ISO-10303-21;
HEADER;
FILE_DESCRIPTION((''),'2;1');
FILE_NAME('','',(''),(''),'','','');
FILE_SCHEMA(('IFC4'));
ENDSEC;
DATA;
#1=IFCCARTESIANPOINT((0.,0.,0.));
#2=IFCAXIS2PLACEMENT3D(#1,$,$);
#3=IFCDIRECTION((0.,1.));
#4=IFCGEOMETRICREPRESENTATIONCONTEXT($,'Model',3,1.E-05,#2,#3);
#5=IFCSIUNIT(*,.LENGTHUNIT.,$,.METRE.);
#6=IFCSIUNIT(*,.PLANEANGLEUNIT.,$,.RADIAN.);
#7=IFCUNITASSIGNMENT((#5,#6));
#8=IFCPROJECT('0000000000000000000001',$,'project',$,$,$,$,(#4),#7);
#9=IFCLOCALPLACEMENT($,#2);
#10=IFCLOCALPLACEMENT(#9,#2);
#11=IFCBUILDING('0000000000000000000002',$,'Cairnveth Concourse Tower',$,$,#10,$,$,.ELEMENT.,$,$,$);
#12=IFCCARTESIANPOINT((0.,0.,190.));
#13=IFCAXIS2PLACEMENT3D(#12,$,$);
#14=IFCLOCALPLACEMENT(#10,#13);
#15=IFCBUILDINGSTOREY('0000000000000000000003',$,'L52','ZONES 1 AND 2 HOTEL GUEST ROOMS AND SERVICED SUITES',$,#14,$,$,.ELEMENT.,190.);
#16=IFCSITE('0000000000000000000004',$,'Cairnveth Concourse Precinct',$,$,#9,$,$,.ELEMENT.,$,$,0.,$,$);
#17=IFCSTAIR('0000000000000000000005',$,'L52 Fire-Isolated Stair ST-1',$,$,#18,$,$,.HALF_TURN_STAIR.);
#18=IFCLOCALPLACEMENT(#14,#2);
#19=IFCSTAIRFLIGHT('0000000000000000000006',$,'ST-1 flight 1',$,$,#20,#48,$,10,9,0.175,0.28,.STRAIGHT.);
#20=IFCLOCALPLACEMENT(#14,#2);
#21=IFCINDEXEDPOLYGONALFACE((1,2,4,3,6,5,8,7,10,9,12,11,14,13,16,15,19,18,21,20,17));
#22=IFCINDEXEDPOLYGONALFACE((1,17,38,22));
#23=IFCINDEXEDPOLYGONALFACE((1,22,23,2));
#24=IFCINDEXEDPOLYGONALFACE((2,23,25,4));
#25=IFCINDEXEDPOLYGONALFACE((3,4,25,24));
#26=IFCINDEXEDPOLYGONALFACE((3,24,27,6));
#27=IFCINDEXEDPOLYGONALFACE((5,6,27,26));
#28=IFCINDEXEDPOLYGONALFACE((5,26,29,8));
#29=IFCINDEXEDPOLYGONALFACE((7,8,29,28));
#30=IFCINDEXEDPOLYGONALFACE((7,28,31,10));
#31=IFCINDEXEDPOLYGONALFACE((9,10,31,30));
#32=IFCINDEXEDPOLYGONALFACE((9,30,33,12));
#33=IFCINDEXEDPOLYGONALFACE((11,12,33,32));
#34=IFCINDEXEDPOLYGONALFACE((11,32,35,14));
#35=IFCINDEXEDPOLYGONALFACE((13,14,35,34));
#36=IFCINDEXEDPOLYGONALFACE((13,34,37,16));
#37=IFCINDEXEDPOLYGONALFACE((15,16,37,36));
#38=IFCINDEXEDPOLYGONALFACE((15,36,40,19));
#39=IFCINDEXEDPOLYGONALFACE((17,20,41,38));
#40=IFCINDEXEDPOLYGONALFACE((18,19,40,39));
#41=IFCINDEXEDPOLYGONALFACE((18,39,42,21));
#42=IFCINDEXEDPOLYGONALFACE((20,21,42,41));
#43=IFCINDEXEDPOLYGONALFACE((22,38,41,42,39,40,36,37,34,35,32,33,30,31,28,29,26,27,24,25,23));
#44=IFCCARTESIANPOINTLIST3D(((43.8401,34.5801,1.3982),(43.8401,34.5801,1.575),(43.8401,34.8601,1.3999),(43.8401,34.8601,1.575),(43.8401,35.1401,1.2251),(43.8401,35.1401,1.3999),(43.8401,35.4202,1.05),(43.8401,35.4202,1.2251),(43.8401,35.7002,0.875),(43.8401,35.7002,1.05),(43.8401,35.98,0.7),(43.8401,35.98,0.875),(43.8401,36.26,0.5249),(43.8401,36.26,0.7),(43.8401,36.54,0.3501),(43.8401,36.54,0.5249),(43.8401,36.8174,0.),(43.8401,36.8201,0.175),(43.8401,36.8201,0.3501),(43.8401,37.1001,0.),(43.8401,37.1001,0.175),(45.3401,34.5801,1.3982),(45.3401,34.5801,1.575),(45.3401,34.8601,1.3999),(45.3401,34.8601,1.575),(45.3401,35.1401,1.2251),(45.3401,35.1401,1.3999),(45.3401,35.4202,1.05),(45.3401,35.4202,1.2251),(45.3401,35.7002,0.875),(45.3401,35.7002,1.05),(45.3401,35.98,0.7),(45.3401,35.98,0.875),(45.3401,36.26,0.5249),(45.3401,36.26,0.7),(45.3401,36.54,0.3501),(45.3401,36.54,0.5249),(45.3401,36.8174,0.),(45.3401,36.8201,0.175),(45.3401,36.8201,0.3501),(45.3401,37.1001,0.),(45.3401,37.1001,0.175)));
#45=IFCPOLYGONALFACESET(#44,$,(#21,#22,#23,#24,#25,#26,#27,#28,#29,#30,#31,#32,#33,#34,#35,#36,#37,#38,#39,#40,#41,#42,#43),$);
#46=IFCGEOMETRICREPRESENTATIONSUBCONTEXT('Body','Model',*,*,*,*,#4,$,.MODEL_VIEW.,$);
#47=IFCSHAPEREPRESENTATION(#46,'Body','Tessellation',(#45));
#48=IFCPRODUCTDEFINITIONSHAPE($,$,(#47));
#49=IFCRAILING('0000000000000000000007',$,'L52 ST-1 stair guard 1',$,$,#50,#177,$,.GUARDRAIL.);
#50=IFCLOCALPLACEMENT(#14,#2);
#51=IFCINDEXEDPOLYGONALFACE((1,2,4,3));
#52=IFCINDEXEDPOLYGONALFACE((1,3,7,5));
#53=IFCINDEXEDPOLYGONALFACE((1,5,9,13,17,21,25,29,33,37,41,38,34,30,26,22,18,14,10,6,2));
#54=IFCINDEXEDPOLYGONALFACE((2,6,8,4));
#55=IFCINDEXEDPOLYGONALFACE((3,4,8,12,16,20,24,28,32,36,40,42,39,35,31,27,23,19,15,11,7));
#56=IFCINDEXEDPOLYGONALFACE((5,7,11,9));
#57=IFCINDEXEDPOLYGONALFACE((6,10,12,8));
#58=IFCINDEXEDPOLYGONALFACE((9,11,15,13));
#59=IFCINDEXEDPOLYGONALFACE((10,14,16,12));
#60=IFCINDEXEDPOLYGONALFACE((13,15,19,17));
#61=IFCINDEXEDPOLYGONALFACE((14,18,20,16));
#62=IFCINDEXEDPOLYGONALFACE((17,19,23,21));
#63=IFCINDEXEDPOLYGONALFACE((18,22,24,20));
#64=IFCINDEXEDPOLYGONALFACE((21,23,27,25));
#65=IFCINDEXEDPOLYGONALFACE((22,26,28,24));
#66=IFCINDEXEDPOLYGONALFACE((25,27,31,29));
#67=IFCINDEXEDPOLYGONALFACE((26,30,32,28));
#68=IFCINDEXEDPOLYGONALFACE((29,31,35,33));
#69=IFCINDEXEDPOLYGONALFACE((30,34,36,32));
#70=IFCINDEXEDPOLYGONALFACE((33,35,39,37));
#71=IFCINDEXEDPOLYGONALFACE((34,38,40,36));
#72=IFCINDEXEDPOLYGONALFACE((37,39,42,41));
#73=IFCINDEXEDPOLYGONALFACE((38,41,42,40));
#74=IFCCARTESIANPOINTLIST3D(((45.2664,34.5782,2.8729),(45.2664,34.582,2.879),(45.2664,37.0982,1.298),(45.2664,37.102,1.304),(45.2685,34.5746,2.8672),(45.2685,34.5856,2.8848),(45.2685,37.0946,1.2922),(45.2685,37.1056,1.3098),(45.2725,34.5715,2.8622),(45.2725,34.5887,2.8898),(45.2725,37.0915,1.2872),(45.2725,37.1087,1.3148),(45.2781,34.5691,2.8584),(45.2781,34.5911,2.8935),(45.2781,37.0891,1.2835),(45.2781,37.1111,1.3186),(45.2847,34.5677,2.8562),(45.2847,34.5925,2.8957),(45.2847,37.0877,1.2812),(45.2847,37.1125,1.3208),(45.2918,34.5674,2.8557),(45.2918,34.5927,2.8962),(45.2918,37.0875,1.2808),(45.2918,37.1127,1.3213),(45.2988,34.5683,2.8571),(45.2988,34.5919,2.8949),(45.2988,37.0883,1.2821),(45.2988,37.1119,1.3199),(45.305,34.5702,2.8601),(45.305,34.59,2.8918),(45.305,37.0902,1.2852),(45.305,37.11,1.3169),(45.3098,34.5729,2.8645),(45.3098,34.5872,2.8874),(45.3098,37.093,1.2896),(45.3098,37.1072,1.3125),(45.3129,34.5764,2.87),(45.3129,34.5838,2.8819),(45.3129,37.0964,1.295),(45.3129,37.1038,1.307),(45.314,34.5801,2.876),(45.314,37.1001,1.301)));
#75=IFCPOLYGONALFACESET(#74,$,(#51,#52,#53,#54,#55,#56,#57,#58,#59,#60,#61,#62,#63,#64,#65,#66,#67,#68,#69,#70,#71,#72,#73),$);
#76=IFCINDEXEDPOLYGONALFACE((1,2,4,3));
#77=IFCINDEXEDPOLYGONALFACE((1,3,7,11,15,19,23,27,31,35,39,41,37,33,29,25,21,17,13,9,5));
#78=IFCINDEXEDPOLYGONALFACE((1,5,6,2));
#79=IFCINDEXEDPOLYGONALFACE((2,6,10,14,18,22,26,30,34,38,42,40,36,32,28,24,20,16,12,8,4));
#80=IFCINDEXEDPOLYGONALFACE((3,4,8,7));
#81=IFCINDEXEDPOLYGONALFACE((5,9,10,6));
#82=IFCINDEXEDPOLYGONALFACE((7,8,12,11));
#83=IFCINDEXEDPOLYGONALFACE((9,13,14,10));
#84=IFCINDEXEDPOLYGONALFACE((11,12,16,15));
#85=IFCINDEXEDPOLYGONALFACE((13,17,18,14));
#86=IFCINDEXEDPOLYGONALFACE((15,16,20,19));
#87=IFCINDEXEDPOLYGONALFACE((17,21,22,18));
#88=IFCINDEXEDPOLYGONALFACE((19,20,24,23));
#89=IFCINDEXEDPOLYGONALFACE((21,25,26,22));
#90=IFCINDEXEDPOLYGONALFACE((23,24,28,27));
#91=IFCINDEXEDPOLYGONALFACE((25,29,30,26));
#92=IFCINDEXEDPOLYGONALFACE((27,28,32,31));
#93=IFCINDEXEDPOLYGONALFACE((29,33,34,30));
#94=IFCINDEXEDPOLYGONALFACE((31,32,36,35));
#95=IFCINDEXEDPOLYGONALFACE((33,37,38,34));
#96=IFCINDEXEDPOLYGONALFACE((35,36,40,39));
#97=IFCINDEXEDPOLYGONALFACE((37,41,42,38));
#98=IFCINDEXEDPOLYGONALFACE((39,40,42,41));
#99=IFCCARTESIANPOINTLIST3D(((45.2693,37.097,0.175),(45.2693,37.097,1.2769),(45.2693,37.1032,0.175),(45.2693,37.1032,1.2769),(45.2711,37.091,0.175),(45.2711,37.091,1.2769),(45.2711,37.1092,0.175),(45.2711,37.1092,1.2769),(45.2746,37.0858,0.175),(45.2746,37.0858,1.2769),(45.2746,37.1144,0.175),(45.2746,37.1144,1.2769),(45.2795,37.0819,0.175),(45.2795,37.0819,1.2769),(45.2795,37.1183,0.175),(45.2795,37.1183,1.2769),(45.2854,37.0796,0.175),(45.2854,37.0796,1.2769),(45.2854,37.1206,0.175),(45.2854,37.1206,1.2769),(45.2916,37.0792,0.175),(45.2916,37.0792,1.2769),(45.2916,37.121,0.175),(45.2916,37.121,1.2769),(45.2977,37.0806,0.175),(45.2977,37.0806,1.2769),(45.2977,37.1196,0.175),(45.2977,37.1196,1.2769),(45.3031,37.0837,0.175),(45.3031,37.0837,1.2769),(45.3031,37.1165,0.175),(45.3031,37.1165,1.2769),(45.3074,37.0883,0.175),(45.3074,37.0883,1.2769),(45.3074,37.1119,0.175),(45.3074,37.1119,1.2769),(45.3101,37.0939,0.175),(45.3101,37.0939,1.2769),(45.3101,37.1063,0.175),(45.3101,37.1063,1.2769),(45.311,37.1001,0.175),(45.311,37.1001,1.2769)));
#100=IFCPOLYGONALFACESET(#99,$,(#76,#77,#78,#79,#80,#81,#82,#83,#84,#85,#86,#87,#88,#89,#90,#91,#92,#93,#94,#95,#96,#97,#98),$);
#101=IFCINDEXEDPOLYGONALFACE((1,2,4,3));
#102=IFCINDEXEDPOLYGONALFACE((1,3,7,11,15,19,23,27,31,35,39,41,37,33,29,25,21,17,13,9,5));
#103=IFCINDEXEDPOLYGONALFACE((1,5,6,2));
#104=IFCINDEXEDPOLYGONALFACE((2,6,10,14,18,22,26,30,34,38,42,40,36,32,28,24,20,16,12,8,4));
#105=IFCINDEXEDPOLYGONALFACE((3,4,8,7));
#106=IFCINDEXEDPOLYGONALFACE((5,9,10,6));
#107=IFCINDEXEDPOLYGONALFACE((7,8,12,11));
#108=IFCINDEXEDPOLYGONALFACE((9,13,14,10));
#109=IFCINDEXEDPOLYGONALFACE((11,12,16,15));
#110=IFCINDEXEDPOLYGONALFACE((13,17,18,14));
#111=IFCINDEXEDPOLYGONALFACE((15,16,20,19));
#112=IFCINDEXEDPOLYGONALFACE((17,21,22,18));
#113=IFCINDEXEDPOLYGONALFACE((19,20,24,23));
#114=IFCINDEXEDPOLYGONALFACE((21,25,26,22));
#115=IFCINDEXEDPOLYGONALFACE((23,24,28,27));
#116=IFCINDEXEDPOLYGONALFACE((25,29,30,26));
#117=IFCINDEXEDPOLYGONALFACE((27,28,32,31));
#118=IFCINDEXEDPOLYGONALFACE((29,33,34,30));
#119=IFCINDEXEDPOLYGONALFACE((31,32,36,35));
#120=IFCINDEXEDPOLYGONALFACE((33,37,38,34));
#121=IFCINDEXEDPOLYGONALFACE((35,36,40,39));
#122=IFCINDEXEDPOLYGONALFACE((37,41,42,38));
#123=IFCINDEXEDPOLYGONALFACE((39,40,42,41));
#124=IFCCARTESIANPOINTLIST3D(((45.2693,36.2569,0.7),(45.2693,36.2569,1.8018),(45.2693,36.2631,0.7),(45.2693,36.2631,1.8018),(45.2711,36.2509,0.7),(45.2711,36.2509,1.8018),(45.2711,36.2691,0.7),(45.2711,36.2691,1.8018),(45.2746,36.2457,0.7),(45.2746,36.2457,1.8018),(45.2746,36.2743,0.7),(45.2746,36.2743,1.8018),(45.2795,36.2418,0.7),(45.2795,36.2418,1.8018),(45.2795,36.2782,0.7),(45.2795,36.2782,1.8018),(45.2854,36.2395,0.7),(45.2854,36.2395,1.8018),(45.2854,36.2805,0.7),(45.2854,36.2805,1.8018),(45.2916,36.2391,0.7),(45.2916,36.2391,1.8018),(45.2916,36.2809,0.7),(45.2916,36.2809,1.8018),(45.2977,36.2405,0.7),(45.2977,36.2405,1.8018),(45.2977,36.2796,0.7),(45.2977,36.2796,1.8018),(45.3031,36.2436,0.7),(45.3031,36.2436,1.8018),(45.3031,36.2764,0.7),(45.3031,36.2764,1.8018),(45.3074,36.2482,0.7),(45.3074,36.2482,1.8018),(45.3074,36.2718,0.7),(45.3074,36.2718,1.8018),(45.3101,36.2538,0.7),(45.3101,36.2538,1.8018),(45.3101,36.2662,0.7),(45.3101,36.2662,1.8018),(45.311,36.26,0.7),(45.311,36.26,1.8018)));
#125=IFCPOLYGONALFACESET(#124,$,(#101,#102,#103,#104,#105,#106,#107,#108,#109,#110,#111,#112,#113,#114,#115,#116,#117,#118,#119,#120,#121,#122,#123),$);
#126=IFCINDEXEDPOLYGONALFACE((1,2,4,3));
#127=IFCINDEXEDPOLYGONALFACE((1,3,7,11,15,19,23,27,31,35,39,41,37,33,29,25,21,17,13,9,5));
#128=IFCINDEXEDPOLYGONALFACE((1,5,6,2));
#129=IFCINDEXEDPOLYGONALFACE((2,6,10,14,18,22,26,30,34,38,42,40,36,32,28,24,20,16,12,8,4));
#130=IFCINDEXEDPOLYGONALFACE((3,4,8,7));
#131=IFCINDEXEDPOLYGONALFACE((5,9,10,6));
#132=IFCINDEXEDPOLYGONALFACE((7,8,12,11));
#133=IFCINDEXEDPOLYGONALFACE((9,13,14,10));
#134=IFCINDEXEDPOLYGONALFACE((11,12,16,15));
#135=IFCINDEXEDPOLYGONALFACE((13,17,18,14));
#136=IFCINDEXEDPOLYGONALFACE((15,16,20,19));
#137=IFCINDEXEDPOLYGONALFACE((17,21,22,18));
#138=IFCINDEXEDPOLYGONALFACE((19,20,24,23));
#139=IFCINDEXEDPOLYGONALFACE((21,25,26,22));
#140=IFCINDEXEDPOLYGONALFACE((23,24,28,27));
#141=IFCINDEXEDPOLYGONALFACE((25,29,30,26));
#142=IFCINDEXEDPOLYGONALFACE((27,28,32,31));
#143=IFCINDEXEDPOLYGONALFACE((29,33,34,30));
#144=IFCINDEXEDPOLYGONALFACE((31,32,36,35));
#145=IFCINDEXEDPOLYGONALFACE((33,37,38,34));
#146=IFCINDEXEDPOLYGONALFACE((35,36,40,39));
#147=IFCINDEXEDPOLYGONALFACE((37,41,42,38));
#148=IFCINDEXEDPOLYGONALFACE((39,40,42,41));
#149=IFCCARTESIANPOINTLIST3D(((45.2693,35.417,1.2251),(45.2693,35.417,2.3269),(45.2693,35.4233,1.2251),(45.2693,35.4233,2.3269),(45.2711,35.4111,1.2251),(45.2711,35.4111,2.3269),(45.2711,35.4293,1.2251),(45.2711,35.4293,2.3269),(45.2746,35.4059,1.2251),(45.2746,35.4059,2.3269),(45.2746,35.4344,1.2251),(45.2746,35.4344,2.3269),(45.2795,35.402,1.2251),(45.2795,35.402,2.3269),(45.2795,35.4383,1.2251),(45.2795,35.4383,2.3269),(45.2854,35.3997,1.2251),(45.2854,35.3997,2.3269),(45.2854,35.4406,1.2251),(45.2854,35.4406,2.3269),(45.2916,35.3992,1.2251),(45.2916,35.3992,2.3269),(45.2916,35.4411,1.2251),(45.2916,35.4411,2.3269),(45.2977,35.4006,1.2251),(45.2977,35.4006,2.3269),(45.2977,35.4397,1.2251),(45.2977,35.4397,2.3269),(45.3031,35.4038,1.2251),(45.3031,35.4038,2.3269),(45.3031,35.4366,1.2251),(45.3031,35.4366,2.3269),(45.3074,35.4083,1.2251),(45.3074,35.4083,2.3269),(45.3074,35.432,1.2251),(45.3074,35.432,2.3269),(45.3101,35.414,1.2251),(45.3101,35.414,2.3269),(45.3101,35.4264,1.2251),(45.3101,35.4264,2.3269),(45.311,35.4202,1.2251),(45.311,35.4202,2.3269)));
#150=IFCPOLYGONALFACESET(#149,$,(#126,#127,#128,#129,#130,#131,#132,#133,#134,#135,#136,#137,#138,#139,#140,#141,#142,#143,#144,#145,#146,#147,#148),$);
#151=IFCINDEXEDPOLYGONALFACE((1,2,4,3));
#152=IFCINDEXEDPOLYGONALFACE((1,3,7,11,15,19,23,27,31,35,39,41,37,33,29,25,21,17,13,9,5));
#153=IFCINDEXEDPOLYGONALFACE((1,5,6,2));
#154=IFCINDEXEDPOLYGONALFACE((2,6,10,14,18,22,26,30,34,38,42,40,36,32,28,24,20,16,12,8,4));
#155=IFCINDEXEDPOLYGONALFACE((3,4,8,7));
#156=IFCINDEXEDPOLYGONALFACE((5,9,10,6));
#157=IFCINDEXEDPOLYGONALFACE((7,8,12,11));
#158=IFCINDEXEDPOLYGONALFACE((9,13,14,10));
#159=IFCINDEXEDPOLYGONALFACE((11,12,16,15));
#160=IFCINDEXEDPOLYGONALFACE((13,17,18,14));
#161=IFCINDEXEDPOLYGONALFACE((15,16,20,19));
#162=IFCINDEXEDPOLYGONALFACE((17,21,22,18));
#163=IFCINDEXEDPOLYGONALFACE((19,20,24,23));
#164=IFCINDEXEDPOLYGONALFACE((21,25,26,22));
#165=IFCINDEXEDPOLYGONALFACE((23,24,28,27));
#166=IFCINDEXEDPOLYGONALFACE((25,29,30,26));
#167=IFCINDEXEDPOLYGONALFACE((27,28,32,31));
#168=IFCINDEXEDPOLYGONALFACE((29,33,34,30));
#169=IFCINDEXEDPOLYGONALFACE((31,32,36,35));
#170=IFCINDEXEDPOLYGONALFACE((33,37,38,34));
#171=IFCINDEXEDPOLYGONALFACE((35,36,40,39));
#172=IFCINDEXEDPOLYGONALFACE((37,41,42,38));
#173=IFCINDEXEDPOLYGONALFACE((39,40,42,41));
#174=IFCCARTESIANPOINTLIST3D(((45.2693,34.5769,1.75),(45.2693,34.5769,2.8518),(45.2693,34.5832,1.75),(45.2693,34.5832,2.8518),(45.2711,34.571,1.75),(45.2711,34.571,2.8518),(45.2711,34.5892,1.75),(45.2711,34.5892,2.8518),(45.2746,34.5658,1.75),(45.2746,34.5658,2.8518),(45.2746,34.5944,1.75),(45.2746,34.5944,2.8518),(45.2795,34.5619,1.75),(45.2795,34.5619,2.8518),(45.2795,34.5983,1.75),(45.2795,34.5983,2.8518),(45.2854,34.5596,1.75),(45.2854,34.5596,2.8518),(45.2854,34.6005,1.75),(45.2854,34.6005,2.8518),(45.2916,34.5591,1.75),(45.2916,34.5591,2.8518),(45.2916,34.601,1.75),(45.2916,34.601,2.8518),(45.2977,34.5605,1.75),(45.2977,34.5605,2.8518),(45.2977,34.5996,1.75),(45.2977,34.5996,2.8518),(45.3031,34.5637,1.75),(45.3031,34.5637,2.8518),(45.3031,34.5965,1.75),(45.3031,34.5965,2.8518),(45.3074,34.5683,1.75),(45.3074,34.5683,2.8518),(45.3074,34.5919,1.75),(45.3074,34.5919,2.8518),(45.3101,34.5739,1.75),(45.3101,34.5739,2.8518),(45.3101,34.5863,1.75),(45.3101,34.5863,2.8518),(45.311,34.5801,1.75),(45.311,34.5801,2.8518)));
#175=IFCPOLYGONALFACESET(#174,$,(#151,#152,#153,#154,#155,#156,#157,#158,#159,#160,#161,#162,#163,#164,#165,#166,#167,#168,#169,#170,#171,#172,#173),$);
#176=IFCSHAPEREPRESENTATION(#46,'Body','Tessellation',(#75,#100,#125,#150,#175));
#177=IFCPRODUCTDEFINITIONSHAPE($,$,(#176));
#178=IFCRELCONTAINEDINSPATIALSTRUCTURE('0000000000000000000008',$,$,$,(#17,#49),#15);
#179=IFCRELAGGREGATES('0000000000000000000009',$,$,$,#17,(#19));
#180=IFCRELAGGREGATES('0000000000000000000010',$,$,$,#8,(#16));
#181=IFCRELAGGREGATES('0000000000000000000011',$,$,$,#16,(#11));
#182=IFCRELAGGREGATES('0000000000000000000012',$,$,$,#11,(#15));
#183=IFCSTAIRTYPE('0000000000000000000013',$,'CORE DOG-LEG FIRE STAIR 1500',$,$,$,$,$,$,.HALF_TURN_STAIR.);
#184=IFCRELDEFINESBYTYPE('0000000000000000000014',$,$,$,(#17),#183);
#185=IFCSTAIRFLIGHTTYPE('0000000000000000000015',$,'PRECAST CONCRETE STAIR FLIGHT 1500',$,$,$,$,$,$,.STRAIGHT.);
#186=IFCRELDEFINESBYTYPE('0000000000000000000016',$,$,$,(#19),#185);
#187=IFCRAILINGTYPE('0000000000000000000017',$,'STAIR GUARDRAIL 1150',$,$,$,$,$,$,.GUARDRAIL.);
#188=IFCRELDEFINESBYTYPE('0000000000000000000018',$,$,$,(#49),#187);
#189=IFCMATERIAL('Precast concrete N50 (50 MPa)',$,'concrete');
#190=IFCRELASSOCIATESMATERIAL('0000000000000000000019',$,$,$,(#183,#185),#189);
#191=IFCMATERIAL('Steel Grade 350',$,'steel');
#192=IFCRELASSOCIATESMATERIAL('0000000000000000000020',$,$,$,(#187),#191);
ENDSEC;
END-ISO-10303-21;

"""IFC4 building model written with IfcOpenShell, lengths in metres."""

from ifc_helpers import new_model, si_unit, direction, frame, origin, origin_2d, place, context, subcontext, project, spatial, polyline, circle, outline, extrude, material, type_object, element, aggregate, save


model = new_model("IFC4")

# Units and contexts
model_context = context("Model", 3, precision=1e-05, world=origin(), true_north=direction((0.0, 1.0)))
body_context = subcontext(model_context, "Body", "Model", "MODEL_VIEW")
ifc_project = project(units=[si_unit("LENGTHUNIT", "METRE"), si_unit("PLANEANGLEUNIT", "RADIAN")], contexts=[model_context])

# Site, building, storey
site_placement = place(None, origin())
site = spatial("IfcSite", under=ifc_project, at=site_placement, Name="Cairnveth Concourse Precinct", CompositionType="ELEMENT", RefElevation=0.0)
building_placement = place(site_placement, origin())
building = spatial("IfcBuilding", under=site, at=building_placement, Name="Cairnveth Concourse Tower", CompositionType="ELEMENT")
storey_placement = place(building_placement, frame((0.0, 0.0, 190.0)))
storey = spatial("IfcBuildingStorey", under=building, at=storey_placement, Name="L52", Description="ZONES 1 AND 2 HOTEL GUEST ROOMS AND SERVICED SUITES", CompositionType="ELEMENT", Elevation=190.0)

# Shared definitions
ifc_material_1 = material(Name="Steel Grade 350", Category="steel")

# Stair, stair flight
ifc_material_2 = material(Name="Precast concrete N50 (50 MPa)", Category="concrete")
stair_type = type_object("IfcStairType", Name="CORE DOG-LEG FIRE STAIR 1500", PredefinedType="HALF_TURN_STAIR", material=ifc_material_2)
stair_placement = place(storey_placement, origin())
stair = element("IfcStair", 1, at=stair_placement, inside=storey, type_object=stair_type, Name="L52 Fire-Isolated Stair ST-1", PredefinedType="HALF_TURN_STAIR")
stair_flight_type = type_object("IfcStairFlightType", Name="PRECAST CONCRETE STAIR FLIGHT 1500", PredefinedType="STRAIGHT", material=ifc_material_2)
stair_flight_placement = place(storey_placement, frame((44.5901, 37.1001, 0.0), z_axis=(0.0, 0.0, 1.0), x_axis=(0.0, -1.0, 0.0)))
stair_flight = element("IfcStairFlight", 2, at=stair_flight_placement, type_object=stair_flight_type, Name="ST-1 flight 1", NumberOfRisers=10, NumberOfTreads=9, PredefinedType="STRAIGHT", RiserHeight=0.175, TreadLength=0.28, context=body_context, shape_type="SweptSolid", body=[
    extrude(outline(polyline([(0.0, 0.0), (0.0, 0.175), (0.28, 0.175), (0.28, 0.3501), (0.5601, 0.3501), (0.5601, 0.5249), (0.8401, 0.5249), (0.8401, 0.7), (1.1201, 0.7), (1.1201, 0.875), (1.3999, 0.875), (1.3999, 1.05), (1.6799, 1.05), (1.6799, 1.2251), (1.96, 1.2251), (1.96, 1.3999), (2.24, 1.3999), (2.24, 1.575), (2.52, 1.575), (2.52, 1.75), (2.52, 1.3982), (0.2827, 0.0), (0.0, 0.0)])), frame((0.0, 0.75, 0.0), z_axis=(0.0, -1.0, 0.0), x_axis=(1.0, 0.0, 0.0)), (0.0, 0.0, 1.0), 1.5),
])
aggregate(stair, [stair_flight])

# Railing
railing_type_1 = type_object("IfcRailingType", Name="STAIR GUARDRAIL 1150", PredefinedType="GUARDRAIL", material=ifc_material_1)
railing_1_placement = place(storey_placement, frame((45.29, 37.1001, 0.175)))
element("IfcRailing", 3, at=railing_1_placement, inside=storey, type_object=railing_type_1, Name="L52 ST-1 stair guard 1", PredefinedType="GUARDRAIL", context=body_context, shape_type="SweptSolid", body=[
    extrude(circle(Radius=0.0239, at=origin_2d()), frame((0.0, 0.0, 1.126), z_axis=(0.0, -0.848008, 0.529984), x_axis=(1.0, 0.0, 0.0)), (0.0, 0.0, 1.0), 2.9717),
    extrude(circle(Radius=0.021, at=origin_2d()), origin(), (0.0, 0.0, 1.0), 1.1018),
    extrude(circle(Radius=0.021, at=origin_2d()), frame((0.0, -0.8401, 0.5249)), (0.0, 0.0, 1.0), 1.1018),
    extrude(circle(Radius=0.021, at=origin_2d()), frame((0.0, -1.6799, 1.05)), (0.0, 0.0, 1.0), 1.1018),
    extrude(circle(Radius=0.021, at=origin_2d()), frame((0.0, -2.52, 1.575)), (0.0, 0.0, 1.0), 1.1018),
])

save(model, "model.ifc")
